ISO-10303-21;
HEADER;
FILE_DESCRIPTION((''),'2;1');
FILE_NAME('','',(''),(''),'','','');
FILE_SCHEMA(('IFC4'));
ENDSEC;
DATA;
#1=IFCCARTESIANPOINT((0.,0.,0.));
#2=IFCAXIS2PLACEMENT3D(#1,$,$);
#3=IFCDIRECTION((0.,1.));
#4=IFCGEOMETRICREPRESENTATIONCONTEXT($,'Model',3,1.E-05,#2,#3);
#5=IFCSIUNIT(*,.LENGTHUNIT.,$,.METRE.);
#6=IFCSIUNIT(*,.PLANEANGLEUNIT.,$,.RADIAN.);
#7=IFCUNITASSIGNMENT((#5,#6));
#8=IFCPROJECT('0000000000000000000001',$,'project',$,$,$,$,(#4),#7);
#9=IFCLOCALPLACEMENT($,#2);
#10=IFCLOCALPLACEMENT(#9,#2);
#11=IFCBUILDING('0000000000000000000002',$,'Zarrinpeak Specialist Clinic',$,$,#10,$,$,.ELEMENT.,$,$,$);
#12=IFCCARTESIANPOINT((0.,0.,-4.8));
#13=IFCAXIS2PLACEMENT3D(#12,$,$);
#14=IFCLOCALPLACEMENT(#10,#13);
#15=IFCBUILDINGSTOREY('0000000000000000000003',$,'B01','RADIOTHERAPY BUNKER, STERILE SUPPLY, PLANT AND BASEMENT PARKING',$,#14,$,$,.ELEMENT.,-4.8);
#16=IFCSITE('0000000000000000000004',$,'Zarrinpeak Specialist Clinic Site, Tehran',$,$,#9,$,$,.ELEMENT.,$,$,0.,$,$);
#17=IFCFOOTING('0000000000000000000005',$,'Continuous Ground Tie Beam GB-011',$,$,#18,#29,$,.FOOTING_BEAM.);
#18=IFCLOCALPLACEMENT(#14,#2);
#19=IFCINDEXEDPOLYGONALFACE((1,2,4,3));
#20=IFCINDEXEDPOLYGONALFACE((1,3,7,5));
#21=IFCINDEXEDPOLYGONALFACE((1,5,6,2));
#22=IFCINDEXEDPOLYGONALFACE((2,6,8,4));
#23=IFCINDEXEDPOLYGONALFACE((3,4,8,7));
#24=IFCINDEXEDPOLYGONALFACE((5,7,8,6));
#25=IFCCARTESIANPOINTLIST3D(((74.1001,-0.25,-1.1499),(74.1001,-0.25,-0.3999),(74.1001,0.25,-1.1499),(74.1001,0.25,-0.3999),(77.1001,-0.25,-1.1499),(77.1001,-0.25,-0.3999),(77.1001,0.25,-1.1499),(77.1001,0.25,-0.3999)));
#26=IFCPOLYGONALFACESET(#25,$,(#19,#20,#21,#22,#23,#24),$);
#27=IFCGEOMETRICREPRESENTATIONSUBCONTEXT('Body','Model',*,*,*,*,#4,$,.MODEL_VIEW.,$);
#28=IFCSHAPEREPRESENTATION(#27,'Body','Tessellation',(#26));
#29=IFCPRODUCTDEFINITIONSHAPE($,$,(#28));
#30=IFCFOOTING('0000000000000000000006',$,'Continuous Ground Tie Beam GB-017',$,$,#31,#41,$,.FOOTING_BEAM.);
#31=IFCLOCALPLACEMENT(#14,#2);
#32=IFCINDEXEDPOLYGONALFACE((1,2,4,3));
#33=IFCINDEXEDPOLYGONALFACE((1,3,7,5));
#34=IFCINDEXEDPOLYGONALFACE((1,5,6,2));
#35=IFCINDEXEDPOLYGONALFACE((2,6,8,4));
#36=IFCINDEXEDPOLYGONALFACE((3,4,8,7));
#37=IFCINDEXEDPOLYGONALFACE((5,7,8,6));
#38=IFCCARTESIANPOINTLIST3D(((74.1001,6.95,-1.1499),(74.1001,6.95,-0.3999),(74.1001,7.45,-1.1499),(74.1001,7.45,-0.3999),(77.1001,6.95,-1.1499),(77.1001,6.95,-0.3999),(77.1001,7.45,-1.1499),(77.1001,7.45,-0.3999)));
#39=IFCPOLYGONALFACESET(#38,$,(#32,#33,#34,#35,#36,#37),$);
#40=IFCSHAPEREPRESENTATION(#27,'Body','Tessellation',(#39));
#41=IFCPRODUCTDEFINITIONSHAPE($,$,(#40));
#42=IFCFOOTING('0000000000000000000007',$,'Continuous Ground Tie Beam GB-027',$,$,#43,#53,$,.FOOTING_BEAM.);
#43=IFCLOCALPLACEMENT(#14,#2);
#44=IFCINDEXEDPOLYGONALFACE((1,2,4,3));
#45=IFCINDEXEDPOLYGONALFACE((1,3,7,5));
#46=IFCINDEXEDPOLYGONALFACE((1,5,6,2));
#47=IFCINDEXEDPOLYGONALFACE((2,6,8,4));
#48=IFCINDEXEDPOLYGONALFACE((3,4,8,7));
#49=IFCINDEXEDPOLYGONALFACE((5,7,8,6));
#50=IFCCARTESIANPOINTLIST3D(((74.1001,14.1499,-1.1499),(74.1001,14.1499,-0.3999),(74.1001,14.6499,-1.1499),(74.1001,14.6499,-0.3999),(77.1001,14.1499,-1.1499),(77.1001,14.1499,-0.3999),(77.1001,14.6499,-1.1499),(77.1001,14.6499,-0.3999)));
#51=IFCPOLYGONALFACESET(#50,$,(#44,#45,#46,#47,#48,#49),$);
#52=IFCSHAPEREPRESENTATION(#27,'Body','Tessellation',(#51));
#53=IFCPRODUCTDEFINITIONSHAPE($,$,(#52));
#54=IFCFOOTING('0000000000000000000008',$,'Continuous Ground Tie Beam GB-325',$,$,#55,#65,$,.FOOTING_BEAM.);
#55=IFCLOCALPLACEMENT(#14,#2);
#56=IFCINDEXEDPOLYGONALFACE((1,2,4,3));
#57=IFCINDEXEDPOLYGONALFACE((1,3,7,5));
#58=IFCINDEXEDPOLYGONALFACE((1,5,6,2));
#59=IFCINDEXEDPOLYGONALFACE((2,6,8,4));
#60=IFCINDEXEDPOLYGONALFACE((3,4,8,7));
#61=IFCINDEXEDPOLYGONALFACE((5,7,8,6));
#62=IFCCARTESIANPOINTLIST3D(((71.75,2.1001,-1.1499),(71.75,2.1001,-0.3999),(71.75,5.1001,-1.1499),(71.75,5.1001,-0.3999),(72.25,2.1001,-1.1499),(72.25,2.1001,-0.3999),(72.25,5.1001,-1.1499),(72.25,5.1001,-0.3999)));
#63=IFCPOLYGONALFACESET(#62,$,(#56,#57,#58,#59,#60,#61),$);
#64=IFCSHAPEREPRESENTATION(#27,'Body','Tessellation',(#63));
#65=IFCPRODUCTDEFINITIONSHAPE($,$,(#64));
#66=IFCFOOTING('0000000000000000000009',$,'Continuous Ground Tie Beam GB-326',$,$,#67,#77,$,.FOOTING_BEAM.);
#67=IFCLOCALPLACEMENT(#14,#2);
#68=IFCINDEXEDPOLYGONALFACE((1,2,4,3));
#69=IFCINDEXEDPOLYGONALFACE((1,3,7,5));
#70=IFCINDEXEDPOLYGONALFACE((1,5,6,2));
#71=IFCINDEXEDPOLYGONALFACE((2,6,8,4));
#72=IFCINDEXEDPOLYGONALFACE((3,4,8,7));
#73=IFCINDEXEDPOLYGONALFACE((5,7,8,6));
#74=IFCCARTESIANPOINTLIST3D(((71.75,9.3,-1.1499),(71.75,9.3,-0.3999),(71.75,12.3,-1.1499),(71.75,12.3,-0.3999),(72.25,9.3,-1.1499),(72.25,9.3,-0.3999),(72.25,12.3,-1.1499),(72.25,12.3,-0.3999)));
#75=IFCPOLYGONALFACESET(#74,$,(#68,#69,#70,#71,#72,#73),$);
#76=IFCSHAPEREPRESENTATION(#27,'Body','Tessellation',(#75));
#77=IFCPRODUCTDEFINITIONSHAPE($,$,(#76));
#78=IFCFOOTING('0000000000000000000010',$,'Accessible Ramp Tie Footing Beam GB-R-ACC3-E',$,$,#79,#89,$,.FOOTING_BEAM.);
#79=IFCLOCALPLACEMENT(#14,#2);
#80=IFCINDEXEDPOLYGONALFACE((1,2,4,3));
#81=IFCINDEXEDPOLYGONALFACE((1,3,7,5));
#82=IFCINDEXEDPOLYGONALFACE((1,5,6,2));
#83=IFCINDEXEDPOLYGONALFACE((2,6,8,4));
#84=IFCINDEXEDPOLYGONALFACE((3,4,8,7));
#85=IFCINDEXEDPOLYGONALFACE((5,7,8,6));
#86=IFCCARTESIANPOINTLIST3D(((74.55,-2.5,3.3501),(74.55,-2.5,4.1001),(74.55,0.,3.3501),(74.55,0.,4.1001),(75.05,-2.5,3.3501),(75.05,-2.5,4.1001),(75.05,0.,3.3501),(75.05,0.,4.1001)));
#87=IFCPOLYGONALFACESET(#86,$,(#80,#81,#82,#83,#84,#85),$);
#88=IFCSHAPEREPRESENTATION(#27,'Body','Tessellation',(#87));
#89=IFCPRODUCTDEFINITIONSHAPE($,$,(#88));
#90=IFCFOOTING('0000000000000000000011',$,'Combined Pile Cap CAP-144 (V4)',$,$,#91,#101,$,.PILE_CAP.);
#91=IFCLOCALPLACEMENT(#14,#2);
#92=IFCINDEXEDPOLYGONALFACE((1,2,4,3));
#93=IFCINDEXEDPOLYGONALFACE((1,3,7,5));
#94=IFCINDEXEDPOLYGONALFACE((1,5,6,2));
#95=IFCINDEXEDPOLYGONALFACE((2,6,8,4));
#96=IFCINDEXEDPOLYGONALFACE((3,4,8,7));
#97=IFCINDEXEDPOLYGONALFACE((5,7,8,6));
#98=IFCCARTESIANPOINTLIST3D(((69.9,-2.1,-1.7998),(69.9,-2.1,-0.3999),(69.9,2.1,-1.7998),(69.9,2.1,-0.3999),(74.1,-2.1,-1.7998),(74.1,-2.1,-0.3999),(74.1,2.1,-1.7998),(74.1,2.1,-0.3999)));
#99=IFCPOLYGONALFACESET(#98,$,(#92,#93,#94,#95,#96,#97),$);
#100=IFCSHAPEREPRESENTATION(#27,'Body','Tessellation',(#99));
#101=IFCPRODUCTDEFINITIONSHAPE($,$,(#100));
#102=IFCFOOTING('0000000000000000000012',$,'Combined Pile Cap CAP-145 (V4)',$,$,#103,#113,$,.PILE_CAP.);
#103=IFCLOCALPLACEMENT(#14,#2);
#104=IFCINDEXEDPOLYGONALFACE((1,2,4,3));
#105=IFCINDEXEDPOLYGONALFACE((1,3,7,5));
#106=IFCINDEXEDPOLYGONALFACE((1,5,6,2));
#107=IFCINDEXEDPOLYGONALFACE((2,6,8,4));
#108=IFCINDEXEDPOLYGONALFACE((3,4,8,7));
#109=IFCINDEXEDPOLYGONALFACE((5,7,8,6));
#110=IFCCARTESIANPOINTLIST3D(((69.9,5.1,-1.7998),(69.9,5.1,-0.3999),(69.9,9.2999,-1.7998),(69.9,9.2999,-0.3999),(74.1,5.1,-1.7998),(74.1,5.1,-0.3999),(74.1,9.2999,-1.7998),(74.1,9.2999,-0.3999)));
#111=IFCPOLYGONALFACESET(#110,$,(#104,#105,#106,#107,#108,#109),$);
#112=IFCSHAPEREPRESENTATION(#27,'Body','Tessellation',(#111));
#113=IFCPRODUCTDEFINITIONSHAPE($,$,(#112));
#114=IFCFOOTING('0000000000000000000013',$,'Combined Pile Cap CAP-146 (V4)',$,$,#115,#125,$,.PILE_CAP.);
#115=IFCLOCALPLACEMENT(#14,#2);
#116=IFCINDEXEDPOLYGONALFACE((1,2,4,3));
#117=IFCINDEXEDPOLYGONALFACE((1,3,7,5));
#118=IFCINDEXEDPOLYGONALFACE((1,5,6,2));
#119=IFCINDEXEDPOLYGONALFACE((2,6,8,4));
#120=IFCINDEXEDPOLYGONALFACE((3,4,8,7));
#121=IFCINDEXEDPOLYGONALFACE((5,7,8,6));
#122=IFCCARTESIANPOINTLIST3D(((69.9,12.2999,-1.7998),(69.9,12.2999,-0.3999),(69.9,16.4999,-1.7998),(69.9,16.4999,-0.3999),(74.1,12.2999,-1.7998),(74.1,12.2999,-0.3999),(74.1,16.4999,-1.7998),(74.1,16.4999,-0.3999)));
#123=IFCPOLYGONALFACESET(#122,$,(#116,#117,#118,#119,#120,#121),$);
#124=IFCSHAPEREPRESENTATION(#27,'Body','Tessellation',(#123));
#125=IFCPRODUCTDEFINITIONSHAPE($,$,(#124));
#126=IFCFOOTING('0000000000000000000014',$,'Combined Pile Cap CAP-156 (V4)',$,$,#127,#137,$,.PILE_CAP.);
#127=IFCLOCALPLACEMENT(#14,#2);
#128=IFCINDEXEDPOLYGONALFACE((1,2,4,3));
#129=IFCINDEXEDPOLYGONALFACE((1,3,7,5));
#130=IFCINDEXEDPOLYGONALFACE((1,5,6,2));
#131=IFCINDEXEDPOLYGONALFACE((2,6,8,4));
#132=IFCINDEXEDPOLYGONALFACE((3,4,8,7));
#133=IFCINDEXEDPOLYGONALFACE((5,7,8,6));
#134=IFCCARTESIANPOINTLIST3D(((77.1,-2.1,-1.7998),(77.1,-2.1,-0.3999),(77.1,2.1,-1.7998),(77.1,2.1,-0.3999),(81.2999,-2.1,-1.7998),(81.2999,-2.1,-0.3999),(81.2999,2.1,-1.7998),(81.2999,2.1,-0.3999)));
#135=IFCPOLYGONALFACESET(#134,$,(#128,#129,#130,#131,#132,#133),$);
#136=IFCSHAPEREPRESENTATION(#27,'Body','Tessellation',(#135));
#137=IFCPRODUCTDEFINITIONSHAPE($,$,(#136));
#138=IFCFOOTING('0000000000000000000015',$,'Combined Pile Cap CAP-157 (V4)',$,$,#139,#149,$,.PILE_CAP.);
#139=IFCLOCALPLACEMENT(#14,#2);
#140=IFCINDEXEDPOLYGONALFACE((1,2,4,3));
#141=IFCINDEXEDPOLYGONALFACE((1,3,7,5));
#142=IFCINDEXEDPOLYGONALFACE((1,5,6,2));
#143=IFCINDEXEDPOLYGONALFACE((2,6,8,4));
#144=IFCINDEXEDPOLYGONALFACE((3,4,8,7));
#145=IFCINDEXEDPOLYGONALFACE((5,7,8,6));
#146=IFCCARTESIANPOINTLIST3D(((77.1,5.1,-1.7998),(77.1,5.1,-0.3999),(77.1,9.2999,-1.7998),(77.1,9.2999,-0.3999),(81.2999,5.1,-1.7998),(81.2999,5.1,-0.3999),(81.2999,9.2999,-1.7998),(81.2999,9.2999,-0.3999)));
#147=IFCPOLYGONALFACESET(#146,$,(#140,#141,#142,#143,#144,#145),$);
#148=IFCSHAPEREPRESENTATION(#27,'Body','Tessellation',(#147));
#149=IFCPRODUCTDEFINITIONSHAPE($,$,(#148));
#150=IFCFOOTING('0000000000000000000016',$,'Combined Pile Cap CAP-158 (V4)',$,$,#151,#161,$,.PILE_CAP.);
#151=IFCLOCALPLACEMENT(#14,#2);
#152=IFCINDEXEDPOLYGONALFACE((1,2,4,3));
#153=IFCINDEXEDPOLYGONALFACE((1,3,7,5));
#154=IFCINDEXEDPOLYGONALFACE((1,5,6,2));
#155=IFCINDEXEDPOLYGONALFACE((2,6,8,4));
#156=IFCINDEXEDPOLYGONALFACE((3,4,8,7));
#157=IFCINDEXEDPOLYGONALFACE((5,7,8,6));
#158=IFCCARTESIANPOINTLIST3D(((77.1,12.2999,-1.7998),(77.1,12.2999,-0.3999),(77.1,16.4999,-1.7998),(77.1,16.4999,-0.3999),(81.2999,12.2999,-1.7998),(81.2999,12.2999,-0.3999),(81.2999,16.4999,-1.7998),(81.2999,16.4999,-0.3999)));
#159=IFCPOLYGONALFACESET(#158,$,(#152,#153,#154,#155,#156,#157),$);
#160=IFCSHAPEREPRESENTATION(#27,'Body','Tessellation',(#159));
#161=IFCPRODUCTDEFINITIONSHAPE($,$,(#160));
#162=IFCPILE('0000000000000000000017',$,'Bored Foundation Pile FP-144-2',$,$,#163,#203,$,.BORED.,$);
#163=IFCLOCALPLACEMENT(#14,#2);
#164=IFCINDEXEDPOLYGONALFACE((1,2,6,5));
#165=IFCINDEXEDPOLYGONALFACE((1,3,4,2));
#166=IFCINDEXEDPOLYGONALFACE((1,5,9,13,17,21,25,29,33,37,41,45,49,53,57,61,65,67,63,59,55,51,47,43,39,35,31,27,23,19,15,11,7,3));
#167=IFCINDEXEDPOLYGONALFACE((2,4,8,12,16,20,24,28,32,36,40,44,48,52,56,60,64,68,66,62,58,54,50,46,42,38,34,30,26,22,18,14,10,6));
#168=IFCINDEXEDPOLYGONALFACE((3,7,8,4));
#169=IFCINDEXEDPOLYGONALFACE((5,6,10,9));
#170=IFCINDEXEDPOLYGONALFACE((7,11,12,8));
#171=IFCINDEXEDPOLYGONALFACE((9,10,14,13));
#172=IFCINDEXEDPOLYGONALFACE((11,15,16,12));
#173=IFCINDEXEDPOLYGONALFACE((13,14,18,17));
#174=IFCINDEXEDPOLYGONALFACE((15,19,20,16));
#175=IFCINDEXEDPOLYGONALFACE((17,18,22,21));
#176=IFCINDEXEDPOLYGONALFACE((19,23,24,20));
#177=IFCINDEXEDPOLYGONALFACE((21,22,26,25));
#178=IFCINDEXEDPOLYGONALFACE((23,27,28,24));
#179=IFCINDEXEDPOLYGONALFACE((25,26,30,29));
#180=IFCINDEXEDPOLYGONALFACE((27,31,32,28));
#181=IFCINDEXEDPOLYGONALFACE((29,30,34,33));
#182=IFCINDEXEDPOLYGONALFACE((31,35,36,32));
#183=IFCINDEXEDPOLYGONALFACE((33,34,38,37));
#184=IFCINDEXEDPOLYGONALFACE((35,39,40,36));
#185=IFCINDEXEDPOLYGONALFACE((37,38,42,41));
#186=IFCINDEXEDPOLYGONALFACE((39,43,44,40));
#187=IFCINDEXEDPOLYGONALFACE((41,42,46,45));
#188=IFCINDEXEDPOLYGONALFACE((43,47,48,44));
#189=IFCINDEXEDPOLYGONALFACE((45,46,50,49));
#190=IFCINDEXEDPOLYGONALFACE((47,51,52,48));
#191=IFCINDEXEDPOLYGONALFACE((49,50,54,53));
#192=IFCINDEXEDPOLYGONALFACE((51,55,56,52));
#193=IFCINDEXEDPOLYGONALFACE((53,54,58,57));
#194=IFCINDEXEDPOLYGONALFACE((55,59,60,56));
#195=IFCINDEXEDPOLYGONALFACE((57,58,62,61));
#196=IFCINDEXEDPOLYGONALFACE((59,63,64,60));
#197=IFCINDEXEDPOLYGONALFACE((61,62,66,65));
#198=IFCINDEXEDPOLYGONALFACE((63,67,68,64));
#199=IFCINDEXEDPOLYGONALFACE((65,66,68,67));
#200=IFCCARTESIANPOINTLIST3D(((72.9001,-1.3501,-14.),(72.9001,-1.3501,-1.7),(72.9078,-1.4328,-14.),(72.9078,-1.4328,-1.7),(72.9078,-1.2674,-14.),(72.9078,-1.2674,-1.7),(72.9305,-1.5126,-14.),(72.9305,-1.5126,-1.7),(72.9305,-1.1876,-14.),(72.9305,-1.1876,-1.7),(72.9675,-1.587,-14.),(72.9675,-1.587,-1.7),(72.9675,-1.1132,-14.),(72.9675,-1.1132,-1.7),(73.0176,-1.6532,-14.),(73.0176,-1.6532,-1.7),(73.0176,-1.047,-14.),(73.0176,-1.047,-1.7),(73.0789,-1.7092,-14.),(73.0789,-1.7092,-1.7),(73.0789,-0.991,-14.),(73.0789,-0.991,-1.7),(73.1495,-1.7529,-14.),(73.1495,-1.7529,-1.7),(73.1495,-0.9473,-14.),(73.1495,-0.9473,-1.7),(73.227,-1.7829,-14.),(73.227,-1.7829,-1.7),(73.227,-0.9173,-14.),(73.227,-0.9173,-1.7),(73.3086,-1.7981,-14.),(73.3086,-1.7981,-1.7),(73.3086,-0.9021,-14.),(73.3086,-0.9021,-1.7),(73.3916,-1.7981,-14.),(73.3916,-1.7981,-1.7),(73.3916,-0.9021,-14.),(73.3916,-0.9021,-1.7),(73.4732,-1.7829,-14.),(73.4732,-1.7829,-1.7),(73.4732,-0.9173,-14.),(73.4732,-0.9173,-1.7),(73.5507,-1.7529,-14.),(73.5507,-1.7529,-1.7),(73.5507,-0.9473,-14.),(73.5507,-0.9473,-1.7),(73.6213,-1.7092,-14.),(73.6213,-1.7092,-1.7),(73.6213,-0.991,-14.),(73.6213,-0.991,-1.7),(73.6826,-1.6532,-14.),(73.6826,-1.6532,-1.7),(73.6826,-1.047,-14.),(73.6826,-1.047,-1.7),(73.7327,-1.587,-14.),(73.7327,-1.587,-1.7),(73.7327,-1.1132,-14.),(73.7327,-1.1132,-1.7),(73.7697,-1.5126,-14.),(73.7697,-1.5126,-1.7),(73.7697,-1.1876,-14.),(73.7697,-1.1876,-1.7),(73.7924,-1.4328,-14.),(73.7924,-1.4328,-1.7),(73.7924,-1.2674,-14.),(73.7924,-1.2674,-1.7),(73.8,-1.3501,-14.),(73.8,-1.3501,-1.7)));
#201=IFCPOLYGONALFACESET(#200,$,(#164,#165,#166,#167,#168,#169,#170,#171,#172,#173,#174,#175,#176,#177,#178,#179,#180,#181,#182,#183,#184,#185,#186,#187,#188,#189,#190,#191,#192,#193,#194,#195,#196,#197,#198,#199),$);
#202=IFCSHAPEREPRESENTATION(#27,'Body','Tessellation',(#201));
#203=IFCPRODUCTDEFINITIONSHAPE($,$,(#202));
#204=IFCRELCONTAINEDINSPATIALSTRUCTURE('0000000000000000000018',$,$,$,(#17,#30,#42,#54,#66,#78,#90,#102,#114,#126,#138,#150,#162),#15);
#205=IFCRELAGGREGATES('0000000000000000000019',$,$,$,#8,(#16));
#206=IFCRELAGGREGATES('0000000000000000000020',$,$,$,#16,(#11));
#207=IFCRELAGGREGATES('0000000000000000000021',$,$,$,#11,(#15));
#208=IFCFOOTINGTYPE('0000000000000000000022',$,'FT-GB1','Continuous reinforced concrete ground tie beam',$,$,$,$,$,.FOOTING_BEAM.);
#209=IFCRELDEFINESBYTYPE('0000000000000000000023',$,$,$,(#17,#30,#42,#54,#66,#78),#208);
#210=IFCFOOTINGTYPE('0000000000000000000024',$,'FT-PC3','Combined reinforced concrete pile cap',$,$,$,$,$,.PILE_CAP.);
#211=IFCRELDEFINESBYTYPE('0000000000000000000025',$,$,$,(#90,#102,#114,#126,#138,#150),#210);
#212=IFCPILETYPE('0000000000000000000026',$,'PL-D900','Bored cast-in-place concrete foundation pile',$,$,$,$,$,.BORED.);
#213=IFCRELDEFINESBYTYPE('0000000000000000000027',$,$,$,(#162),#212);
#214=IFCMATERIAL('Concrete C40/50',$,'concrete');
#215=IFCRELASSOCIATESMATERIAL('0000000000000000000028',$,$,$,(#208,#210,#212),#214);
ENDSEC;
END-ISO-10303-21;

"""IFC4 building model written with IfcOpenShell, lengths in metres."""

from ifc_helpers import new_model, si_unit, direction, frame, origin, origin_2d, place, context, subcontext, project, spatial, rectangle, circle, extrude, material, material_profile, profile_set, type_object, element, save


model = new_model("IFC4")

# Units and contexts
model_context = context("Model", 3, precision=1e-05, world=origin(), true_north=direction((0.0, 1.0)))
body_context = subcontext(model_context, "Body", "Model", "MODEL_VIEW")
ifc_project = project(units=[si_unit("LENGTHUNIT", "METRE"), si_unit("PLANEANGLEUNIT", "RADIAN")], contexts=[model_context])

# Site, building, storey
site_placement = place(None, origin())
site = spatial("IfcSite", under=ifc_project, at=site_placement, Name="Zarrinpeak Specialist Clinic Site, Tehran", CompositionType="ELEMENT", RefElevation=0.0)
building_placement = place(site_placement, origin())
building = spatial("IfcBuilding", under=site, at=building_placement, Name="Zarrinpeak Specialist Clinic", CompositionType="ELEMENT")
storey_placement = place(building_placement, frame((0.0, 0.0, -4.8)))
storey = spatial("IfcBuildingStorey", under=building, at=storey_placement, Name="B01", Description="RADIOTHERAPY BUNKER, STERILE SUPPLY, PLANT AND BASEMENT PARKING", CompositionType="ELEMENT", Elevation=-4.8)

# Footings
ifc_material_1 = material(Name="Concrete C40/50", Category="concrete")
ifc_material_profile_1 = material_profile(ifc_material_1, rectangle(XDim=0.5, YDim=0.75, at=origin_2d()), Name="RC 500x750")
ifc_profile_set_1 = profile_set([ifc_material_profile_1], Name="Concrete C40/50")
footing_type_1 = type_object("IfcFootingType", Name="FT-GB1", Description="Continuous reinforced concrete ground tie beam", PredefinedType="FOOTING_BEAM", material=ifc_profile_set_1)
for number, where, z_axis, x_axis, name in (
    (1, (74.1001, 0.0, -0.7749), (1.0, 0.0, 0.0), (0.0, 1.0, 0.0), "Continuous Ground Tie Beam GB-011"),
    (2, (74.1001, 7.2, -0.7749), (1.0, 0.0, 0.0), (0.0, 1.0, 0.0), "Continuous Ground Tie Beam GB-017"),
    (3, (74.1001, 14.3999, -0.7749), (1.0, 0.0, 0.0), (0.0, 1.0, 0.0), "Continuous Ground Tie Beam GB-027"),
    (4, (72.0, 2.1001, -0.7749), (0.0, 1.0, 0.0), (-1.0, 0.0, 0.0), "Continuous Ground Tie Beam GB-325"),
    (5, (72.0, 9.3, -0.7749), (0.0, 1.0, 0.0), (-1.0, 0.0, 0.0), "Continuous Ground Tie Beam GB-326"),
):
    element("IfcFooting", number, at=place(storey_placement, frame(where, z_axis=z_axis, x_axis=x_axis)), inside=storey, type_object=footing_type_1, Name=name, PredefinedType="FOOTING_BEAM", context=body_context, shape_type="SweptSolid", body=[
        extrude(rectangle(XDim=0.5, YDim=0.75, at=origin_2d()), origin(), (0.0, 0.0, 1.0), 3.0),
    ])
footing_placement = place(storey_placement, frame((74.8, -2.5, 3.7251), z_axis=(0.0, 1.0, 0.0), x_axis=(-1.0, 0.0, 0.0)))
element("IfcFooting", 6, at=footing_placement, inside=storey, type_object=footing_type_1, Name="Accessible Ramp Tie Footing Beam GB-R-ACC3-E", PredefinedType="FOOTING_BEAM", context=body_context, shape_type="SweptSolid", body=[
    extrude(rectangle(XDim=0.5, YDim=0.75, at=origin_2d()), origin(), (0.0, 0.0, 1.0), 2.5),
])
footing_type_2 = type_object("IfcFootingType", Name="FT-PC3", Description="Combined reinforced concrete pile cap", PredefinedType="PILE_CAP", material=ifc_material_1)
for number, where, z_axis, x_axis, name in (
    (7, (72.0, 0.0, -1.7998), (0.0, 0.0, 1.0), (1.0, 0.0, 0.0), "Combined Pile Cap CAP-144 (V4)"),
    (8, (72.0, 7.2, -1.7998), (0.0, 0.0, 1.0), (1.0, 0.0, 0.0), "Combined Pile Cap CAP-145 (V4)"),
    (9, (72.0, 14.3999, -1.7998), (0.0, 0.0, 1.0), (1.0, 0.0, 0.0), "Combined Pile Cap CAP-146 (V4)"),
    (10, (79.2, 0.0, -1.7998), (0.0, 0.0, 1.0), (1.0, 0.0, 0.0), "Combined Pile Cap CAP-156 (V4)"),
    (11, (79.2, 7.2, -1.7998), (0.0, 0.0, 1.0), (1.0, 0.0, 0.0), "Combined Pile Cap CAP-157 (V4)"),
    (12, (79.2, 14.3999, -1.7998), (0.0, 0.0, 1.0), (1.0, 0.0, 0.0), "Combined Pile Cap CAP-158 (V4)"),
):
    element("IfcFooting", number, at=place(storey_placement, frame(where, z_axis=z_axis, x_axis=x_axis)), inside=storey, type_object=footing_type_2, Name=name, PredefinedType="PILE_CAP", context=body_context, shape_type="SweptSolid", body=[
        extrude(rectangle(XDim=4.2, YDim=4.2, at=origin_2d()), origin(), (0.0, 0.0, 1.0), 1.3999),
    ])

# Pile
ifc_material_profile_2 = material_profile(ifc_material_1, circle(Radius=0.45, at=origin_2d()), Name="BORED PILE D900")
ifc_profile_set_2 = profile_set([ifc_material_profile_2], Name="Concrete C40/50")
pile_type = type_object("IfcPileType", Name="PL-D900", Description="Bored cast-in-place concrete foundation pile", PredefinedType="BORED", material=ifc_profile_set_2)
for number, where, z_axis, x_axis, name in (
    (13, (73.3501, -1.3501, -1.7), (0.0, 0.0, -1.0), (1.0, 0.0, 0.0), "Bored Foundation Pile FP-144-2"),
):
    element("IfcPile", number, at=place(storey_placement, frame(where, z_axis=z_axis, x_axis=x_axis)), inside=storey, type_object=pile_type, Name=name, PredefinedType="BORED", context=body_context, shape_type="SweptSolid", body=[
        extrude(circle(Radius=0.45, at=origin_2d()), origin(), (0.0, 0.0, 1.0), 12.3),
    ])

save(model, "model.ifc")
